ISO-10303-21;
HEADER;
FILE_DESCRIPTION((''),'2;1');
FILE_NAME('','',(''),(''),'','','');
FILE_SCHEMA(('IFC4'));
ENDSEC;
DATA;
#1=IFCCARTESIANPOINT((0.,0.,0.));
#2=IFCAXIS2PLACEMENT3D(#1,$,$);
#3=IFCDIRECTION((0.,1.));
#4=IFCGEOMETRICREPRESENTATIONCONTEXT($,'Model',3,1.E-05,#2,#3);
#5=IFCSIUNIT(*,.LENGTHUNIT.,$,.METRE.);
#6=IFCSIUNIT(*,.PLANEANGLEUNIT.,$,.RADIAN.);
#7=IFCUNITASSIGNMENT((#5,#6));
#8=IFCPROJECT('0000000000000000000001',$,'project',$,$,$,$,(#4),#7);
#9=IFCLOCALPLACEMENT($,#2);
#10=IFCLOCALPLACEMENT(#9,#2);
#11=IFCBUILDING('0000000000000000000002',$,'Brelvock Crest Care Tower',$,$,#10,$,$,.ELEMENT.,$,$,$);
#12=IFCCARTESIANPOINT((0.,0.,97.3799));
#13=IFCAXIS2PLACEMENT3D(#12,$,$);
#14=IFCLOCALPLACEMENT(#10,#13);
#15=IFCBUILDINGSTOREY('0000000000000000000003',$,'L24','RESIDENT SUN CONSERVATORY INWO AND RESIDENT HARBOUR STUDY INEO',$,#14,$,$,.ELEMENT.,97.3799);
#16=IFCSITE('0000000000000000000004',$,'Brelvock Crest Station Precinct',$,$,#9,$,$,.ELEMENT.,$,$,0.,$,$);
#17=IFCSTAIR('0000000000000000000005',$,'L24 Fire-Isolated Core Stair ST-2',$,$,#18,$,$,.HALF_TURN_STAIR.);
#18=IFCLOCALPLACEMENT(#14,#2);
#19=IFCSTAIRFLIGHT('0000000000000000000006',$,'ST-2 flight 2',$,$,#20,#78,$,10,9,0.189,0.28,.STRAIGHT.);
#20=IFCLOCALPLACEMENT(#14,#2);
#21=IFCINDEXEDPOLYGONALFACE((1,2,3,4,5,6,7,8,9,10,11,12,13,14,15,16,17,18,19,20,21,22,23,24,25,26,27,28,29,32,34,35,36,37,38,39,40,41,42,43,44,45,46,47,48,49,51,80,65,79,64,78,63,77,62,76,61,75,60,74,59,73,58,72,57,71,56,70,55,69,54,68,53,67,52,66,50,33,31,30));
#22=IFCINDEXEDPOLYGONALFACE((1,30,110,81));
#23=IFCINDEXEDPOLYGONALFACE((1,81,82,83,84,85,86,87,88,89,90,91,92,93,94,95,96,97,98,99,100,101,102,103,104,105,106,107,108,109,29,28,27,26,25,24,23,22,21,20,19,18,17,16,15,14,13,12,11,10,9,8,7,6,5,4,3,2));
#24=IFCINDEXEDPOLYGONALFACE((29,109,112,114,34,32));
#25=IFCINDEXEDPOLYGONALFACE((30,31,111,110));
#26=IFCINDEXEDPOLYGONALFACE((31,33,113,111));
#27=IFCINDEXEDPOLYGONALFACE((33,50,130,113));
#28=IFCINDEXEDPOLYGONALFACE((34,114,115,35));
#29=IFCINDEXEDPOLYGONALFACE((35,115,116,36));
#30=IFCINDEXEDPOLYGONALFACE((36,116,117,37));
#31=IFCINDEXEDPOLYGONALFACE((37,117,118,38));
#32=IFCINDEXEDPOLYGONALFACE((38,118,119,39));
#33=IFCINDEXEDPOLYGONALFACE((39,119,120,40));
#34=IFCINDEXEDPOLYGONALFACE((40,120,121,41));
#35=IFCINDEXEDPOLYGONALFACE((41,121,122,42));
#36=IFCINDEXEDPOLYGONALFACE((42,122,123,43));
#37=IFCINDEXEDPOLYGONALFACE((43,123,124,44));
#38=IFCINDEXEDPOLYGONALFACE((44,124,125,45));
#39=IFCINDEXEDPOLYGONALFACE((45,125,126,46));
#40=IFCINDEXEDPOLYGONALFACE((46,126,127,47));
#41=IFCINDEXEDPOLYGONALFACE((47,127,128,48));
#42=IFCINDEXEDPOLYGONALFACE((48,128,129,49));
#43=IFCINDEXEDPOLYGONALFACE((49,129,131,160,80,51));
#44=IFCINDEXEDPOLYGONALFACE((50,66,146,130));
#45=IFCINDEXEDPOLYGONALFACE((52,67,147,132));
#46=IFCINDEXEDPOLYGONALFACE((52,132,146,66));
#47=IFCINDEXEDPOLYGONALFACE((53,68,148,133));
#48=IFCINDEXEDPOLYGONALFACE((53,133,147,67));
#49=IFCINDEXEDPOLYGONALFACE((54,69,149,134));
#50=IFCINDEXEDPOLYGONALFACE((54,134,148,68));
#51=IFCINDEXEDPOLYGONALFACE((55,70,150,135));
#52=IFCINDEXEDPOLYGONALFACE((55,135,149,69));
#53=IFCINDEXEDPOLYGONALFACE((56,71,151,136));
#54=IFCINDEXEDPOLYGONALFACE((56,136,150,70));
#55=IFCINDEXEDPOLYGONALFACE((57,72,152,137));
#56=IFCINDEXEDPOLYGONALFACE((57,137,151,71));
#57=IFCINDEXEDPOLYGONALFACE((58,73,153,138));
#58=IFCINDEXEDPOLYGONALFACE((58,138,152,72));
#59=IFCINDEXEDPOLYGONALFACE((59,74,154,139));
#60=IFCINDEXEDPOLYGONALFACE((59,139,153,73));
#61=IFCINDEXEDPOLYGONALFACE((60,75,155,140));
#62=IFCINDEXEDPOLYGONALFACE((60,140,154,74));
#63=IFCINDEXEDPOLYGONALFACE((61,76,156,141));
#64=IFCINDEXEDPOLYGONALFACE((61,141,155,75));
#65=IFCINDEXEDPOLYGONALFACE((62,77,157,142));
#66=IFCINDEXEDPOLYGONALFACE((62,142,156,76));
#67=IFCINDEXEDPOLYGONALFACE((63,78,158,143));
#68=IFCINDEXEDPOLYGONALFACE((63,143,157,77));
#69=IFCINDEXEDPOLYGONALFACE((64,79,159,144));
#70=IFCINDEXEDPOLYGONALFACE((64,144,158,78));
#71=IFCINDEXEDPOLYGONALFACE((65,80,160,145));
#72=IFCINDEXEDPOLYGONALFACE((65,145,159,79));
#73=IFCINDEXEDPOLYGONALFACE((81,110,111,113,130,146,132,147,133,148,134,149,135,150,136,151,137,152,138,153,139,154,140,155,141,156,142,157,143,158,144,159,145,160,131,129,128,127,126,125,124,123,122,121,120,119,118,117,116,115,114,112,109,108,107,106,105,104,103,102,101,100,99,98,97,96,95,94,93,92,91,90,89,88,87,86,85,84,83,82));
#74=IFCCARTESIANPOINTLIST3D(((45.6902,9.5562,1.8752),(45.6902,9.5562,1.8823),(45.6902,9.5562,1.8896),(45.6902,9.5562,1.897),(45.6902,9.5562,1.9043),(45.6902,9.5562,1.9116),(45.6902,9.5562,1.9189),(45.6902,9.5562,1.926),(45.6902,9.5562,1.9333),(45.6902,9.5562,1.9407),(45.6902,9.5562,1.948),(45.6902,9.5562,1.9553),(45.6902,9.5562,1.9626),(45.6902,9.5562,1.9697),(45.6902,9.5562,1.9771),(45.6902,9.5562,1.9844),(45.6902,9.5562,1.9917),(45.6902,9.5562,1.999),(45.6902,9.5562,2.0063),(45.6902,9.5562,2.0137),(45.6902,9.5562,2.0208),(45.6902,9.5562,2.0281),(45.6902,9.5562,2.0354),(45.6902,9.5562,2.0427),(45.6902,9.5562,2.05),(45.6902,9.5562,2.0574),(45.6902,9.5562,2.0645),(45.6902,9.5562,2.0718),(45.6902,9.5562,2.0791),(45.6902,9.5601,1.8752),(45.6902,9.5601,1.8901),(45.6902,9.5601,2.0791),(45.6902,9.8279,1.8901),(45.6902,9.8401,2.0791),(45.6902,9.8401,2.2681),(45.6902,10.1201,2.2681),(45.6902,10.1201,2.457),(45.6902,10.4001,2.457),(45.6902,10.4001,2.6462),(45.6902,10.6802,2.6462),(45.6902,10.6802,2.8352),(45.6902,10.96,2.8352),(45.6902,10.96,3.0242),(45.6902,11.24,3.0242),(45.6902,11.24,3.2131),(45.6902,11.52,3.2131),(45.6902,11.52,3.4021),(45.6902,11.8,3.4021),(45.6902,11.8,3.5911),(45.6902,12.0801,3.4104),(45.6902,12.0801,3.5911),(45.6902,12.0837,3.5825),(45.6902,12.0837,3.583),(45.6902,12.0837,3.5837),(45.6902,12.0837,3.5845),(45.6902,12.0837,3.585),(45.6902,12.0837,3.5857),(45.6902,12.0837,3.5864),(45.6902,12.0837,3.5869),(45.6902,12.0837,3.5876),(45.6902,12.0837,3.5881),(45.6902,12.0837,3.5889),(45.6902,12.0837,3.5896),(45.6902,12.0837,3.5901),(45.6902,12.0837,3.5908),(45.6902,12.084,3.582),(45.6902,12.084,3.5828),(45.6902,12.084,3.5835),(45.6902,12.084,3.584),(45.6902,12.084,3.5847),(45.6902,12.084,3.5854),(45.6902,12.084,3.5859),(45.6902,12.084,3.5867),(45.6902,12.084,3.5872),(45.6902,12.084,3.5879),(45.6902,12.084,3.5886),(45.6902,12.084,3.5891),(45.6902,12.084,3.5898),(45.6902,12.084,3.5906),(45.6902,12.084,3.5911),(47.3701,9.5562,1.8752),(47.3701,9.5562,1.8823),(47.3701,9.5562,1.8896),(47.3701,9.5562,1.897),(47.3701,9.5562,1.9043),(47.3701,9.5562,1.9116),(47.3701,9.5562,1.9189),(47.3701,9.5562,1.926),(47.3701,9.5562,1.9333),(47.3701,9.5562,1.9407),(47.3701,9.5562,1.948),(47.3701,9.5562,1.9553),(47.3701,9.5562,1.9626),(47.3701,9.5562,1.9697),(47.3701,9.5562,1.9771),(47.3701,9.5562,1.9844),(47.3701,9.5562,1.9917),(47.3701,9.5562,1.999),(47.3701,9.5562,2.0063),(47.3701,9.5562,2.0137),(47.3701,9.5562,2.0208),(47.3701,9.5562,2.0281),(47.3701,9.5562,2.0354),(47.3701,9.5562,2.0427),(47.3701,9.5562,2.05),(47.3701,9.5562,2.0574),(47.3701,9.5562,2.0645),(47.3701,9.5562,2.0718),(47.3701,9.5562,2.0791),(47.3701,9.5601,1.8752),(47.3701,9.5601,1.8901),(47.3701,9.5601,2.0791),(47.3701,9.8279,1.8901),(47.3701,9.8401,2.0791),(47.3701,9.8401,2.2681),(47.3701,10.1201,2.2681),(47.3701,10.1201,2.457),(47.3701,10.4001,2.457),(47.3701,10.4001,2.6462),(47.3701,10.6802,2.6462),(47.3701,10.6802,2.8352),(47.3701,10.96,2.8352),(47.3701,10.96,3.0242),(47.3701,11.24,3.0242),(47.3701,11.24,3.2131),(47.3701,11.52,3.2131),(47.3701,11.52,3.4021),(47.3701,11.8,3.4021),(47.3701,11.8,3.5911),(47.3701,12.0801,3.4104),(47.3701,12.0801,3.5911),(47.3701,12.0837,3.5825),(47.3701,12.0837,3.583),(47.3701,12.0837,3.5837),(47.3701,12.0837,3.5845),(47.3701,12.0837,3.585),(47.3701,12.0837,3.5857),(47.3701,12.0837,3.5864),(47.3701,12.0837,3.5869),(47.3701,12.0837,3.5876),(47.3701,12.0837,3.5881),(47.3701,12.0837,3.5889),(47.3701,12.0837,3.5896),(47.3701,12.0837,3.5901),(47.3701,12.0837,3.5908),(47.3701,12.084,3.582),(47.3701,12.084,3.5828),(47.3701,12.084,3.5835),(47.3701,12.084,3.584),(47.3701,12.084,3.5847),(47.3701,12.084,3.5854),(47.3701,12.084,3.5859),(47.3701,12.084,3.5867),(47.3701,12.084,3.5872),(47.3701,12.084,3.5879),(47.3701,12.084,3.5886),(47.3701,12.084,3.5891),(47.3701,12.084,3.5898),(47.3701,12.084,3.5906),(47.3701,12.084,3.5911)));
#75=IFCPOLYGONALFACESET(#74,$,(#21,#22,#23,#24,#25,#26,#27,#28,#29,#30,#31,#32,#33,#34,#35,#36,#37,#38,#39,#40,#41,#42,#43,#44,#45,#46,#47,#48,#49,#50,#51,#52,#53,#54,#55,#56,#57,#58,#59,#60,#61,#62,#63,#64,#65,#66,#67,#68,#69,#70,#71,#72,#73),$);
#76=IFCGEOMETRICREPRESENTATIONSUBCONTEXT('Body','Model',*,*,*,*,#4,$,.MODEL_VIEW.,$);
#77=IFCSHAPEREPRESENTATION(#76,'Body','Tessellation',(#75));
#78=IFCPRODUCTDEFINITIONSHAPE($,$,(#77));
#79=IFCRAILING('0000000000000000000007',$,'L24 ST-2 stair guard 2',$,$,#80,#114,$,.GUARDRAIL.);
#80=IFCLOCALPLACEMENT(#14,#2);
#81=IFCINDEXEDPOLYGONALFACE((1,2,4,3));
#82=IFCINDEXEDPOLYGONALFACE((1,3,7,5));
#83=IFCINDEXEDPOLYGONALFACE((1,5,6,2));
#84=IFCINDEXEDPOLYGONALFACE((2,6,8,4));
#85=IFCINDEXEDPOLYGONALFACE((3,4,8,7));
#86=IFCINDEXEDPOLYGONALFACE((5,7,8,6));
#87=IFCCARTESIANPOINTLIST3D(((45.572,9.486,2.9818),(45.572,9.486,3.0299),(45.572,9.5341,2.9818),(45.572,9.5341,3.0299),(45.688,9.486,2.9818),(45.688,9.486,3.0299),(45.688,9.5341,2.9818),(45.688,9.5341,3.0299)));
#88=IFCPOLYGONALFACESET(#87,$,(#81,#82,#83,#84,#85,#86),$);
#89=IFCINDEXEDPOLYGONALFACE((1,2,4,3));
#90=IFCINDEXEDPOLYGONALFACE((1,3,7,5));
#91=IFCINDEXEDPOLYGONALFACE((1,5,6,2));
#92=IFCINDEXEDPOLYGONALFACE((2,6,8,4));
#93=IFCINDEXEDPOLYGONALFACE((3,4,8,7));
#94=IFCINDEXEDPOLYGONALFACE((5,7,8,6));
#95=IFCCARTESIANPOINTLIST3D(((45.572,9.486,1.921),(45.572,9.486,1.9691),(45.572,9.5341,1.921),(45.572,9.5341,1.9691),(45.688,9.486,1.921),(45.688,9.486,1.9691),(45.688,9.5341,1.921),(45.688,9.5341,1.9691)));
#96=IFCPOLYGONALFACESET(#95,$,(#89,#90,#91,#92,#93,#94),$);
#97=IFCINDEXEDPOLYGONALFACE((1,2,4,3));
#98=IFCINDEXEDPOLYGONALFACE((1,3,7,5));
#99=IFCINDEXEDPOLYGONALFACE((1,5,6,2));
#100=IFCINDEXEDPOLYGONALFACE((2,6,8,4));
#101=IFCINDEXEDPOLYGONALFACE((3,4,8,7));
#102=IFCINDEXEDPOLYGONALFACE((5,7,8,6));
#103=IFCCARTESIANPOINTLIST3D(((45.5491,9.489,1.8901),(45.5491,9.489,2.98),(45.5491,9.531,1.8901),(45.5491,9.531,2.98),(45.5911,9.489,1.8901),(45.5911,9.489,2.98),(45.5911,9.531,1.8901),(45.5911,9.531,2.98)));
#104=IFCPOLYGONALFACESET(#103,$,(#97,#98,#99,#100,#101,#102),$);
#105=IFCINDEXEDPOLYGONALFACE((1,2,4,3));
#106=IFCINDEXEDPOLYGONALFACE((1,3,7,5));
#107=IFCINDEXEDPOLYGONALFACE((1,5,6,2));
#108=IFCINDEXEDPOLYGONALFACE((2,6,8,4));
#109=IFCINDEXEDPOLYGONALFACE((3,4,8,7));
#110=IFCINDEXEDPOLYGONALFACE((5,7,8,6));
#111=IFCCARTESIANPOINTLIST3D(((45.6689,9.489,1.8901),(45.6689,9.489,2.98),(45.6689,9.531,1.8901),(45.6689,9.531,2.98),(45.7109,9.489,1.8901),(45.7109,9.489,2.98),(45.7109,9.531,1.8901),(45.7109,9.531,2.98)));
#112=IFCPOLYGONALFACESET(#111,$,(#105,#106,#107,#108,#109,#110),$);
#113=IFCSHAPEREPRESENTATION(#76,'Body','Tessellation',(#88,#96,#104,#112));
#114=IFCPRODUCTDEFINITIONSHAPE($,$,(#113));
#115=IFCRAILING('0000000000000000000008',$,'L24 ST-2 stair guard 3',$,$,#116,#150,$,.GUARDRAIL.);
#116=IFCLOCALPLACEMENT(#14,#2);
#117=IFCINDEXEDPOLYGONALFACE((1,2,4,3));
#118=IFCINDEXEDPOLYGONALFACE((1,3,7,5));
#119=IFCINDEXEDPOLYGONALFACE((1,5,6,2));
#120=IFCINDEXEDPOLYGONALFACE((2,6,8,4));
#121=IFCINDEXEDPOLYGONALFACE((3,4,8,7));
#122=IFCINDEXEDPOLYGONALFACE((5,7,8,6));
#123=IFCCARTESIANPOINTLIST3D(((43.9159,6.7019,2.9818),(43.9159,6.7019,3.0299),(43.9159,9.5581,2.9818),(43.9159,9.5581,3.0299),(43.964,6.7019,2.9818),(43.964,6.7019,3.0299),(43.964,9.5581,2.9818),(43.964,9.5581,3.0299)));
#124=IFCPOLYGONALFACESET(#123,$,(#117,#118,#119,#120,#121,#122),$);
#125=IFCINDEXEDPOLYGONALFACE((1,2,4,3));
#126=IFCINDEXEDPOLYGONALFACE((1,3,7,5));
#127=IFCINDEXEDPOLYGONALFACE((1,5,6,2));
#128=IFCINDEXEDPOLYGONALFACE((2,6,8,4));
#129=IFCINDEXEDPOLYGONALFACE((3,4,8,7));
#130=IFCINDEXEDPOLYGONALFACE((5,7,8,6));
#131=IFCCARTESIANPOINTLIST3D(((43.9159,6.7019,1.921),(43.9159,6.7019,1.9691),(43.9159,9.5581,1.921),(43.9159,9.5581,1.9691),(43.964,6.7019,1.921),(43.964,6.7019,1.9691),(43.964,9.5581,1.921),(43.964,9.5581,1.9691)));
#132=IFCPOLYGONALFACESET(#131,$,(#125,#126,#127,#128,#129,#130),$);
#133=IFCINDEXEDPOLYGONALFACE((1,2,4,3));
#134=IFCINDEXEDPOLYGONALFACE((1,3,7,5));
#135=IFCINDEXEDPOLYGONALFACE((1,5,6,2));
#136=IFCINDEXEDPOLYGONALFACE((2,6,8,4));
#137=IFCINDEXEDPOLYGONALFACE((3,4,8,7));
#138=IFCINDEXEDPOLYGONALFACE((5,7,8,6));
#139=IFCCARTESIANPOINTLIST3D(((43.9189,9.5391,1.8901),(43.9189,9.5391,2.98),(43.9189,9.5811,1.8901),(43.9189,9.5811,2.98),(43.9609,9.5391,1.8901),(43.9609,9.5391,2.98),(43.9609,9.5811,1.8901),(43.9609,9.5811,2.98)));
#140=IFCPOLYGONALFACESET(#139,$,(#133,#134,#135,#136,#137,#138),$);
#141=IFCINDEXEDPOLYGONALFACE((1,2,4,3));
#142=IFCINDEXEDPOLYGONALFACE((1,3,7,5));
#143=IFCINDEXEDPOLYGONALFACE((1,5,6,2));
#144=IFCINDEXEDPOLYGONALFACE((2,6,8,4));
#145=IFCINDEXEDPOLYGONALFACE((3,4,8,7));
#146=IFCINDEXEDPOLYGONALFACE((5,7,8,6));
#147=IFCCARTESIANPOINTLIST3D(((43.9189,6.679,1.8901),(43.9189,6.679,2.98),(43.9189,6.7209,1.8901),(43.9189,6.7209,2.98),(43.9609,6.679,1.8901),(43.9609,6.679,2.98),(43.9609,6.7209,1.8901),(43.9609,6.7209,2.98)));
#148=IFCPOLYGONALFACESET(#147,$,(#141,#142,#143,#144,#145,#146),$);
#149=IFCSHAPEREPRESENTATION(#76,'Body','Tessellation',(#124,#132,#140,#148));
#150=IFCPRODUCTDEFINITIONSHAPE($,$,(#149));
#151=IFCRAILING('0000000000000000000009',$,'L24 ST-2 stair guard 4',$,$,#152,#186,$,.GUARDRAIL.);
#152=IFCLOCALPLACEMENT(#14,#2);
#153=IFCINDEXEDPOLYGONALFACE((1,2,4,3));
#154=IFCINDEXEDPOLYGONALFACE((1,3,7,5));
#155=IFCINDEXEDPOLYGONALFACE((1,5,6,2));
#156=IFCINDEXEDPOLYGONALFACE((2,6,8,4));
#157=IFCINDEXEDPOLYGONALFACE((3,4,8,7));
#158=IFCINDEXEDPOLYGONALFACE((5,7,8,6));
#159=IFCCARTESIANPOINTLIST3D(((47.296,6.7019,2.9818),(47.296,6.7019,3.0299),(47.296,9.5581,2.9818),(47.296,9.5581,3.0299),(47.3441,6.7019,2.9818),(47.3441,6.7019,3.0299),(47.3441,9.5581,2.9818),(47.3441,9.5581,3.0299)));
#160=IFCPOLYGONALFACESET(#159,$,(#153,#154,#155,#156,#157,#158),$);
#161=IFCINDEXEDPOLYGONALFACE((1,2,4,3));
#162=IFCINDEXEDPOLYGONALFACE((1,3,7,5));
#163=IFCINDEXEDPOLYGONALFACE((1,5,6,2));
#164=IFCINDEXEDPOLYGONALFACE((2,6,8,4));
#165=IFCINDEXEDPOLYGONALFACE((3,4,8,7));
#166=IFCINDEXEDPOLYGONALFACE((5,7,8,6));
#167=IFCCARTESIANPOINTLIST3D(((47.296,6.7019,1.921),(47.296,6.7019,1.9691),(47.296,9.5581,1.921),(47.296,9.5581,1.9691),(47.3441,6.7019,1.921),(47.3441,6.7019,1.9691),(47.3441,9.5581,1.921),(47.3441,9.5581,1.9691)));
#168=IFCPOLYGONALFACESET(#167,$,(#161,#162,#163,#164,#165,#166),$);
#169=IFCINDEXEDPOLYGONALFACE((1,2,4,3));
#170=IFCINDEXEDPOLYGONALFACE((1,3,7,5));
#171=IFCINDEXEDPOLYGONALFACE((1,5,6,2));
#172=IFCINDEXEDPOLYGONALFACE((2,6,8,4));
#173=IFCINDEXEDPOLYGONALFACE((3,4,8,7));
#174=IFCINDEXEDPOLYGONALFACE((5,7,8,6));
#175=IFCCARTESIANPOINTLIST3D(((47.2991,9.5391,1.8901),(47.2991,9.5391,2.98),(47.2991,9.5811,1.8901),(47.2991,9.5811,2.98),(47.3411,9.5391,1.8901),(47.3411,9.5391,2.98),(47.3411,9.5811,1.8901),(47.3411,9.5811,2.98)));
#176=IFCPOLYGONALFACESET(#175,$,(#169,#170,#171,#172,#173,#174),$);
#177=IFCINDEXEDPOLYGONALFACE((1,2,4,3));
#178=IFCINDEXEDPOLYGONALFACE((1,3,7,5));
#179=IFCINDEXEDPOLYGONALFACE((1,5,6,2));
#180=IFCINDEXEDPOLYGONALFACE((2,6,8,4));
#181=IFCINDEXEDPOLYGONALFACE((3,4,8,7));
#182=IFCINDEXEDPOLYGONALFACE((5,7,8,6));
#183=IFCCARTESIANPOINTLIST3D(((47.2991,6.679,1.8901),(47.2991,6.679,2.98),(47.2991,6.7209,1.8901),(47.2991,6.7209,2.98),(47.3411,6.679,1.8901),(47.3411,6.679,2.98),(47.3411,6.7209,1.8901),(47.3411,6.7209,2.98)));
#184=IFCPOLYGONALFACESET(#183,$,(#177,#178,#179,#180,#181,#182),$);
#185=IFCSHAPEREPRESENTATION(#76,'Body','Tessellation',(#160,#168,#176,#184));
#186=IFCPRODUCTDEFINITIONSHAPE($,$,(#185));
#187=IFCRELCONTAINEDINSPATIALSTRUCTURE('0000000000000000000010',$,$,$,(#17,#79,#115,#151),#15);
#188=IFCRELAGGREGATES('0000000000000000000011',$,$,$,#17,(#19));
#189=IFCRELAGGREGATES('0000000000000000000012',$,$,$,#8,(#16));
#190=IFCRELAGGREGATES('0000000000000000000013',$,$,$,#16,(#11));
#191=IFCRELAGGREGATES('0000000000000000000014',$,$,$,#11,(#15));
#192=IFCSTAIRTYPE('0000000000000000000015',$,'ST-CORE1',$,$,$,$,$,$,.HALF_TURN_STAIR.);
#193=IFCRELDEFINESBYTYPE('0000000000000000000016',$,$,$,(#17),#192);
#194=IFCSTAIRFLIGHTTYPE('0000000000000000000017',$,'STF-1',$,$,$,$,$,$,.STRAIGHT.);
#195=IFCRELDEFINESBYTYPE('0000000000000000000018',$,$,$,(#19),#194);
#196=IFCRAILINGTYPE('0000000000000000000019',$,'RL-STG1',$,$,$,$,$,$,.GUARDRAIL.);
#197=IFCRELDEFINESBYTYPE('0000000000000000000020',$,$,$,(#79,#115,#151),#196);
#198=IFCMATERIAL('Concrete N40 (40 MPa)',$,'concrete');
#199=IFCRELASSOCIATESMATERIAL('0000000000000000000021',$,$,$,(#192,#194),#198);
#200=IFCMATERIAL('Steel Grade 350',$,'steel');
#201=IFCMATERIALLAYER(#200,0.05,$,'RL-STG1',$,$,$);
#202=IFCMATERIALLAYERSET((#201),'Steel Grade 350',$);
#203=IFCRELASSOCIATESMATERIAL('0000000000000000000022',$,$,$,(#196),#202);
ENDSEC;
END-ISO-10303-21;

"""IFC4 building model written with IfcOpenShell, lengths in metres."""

from ifc_helpers import new_model, si_unit, direction, frame, origin, origin_2d, place, context, subcontext, project, spatial, polyline, rectangle, outline, extrude, material, layer, layer_set, type_object, element, aggregate, save


model = new_model("IFC4")

# Units and contexts
model_context = context("Model", 3, precision=1e-05, world=origin(), true_north=direction((0.0, 1.0)))
body_context = subcontext(model_context, "Body", "Model", "MODEL_VIEW")
ifc_project = project(units=[si_unit("LENGTHUNIT", "METRE"), si_unit("PLANEANGLEUNIT", "RADIAN")], contexts=[model_context])

# Site, building, storey
site_placement = place(None, origin())
site = spatial("IfcSite", under=ifc_project, at=site_placement, Name="Brelvock Crest Station Precinct", CompositionType="ELEMENT", RefElevation=0.0)
building_placement = place(site_placement, origin())
building = spatial("IfcBuilding", under=site, at=building_placement, Name="Brelvock Crest Care Tower", CompositionType="ELEMENT")
storey_placement = place(building_placement, frame((0.0, 0.0, 97.3799)))
storey = spatial("IfcBuildingStorey", under=building, at=storey_placement, Name="L24", Description="RESIDENT SUN CONSERVATORY INWO AND RESIDENT HARBOUR STUDY INEO", CompositionType="ELEMENT", Elevation=97.3799)

# Shared definitions
ifc_material_1 = material(Name="Steel Grade 350", Category="steel")

# Stair, stair flight
ifc_material_2 = material(Name="Concrete N40 (40 MPa)", Category="concrete")
stair_type = type_object("IfcStairType", Name="ST-CORE1", PredefinedType="HALF_TURN_STAIR", material=ifc_material_2)
stair_placement = place(storey_placement, origin())
stair = element("IfcStair", 1, at=stair_placement, inside=storey, type_object=stair_type, Name="L24 Fire-Isolated Core Stair ST-2", PredefinedType="HALF_TURN_STAIR")
stair_flight_type = type_object("IfcStairFlightType", Name="STF-1", PredefinedType="STRAIGHT", material=ifc_material_2)
stair_flight_placement = place(storey_placement, frame((46.53, 9.5601, 1.8901), z_axis=(0.0, 0.0, 1.0), x_axis=(0.0, 1.0, 0.0)))
stair_flight = element("IfcStairFlight", 2, at=stair_flight_placement, type_object=stair_flight_type, Name="ST-2 flight 2", NumberOfRisers=10, NumberOfTreads=9, PredefinedType="STRAIGHT", RiserHeight=0.189, TreadLength=0.28, context=body_context, shape_type="SweptSolid", body=[
    extrude(outline(polyline([(-0.0039, -0.0149), (-0.0039, -0.0078), (-0.0039, -0.0005), (-0.0039, 0.0068), (-0.0039, 0.0142), (-0.0039, 0.0215), (-0.0039, 0.0288), (-0.0039, 0.0359), (-0.0039, 0.0432), (-0.0039, 0.0505), (-0.0039, 0.0579), (-0.0039, 0.0652), (-0.0039, 0.0725), (-0.0039, 0.0796), (-0.0039, 0.0869), (-0.0039, 0.0942), (-0.0039, 0.1016), (-0.0039, 0.1089), (-0.0039, 0.1162), (-0.0039, 0.1235), (-0.0039, 0.1306), (-0.0039, 0.1379), (-0.0039, 0.1453), (-0.0039, 0.1526), (-0.0039, 0.1599), (-0.0039, 0.1672), (-0.0039, 0.1743), (-0.0039, 0.1816), (-0.0039, 0.189), (0.0, 0.189), (0.28, 0.189), (0.28, 0.3779), (0.5601, 0.3779), (0.5601, 0.5669), (0.8401, 0.5669), (0.8401, 0.7561), (1.1201, 0.7561), (1.1201, 0.9451), (1.3999, 0.9451), (1.3999, 1.134), (1.6799, 1.134), (1.6799, 1.323), (1.96, 1.323), (1.96, 1.512), (2.24, 1.512), (2.24, 1.7009), (2.52, 1.7009), (2.5239, 1.7009), (2.5237, 1.7007), (2.5239, 1.7004), (2.5237, 1.7), (2.5239, 1.6997), (2.5237, 1.6995), (2.5239, 1.699), (2.5237, 1.6987), (2.5239, 1.6985), (2.5237, 1.698), (2.5239, 1.6978), (2.5237, 1.6975), (2.5239, 1.697), (2.5237, 1.6968), (2.5239, 1.6965), (2.5237, 1.6963), (2.5239, 1.6958), (2.5237, 1.6956), (2.5239, 1.6953), (2.5237, 1.6948), (2.5239, 1.6946), (2.5237, 1.6943), (2.5239, 1.6938), (2.5237, 1.6936), (2.5239, 1.6934), (2.5237, 1.6929), (2.5239, 1.6926), (2.5237, 1.6924), (2.5239, 1.6919), (2.52, 1.5203), (0.2678, 0.0), (0.0, 0.0), (0.0, -0.0149), (-0.0039, -0.0149)])), frame((0.0, 0.8398, 0.0), z_axis=(0.0, -1.0, 0.0), x_axis=(1.0, 0.0, 0.0)), (0.0, 0.0, 1.0), 1.6799),
])
aggregate(stair, [stair_flight])

# Railings
ifc_layer_1 = layer(ifc_material_1, 0.05, Name="RL-STG1")
ifc_layer_set_1 = layer_set([ifc_layer_1], Name="Steel Grade 350")
railing_type_1 = type_object("IfcRailingType", Name="RL-STG1", PredefinedType="GUARDRAIL", material=ifc_layer_set_1)
railing_1_placement = place(storey_placement, frame((45.5701, 9.51, 1.8901)))
element("IfcRailing", 3, at=railing_1_placement, inside=storey, type_object=railing_type_1, Name="L24 ST-2 stair guard 2", PredefinedType="GUARDRAIL", context=body_context, shape_type="SweptSolid", body=[
    extrude(rectangle(XDim=0.0481, YDim=0.0481, at=origin_2d()), frame((0.002, 0.0, 1.1157), z_axis=(1.0, 0.0, 0.0), x_axis=(0.0, 1.0, 0.0)), (0.0, 0.0, 1.0), 0.116),
    extrude(rectangle(XDim=0.0481, YDim=0.0481, at=origin_2d()), frame((0.002, 0.0, 0.0549), z_axis=(1.0, 0.0, 0.0), x_axis=(0.0, 1.0, 0.0)), (0.0, 0.0, 1.0), 0.116),
    extrude(rectangle(XDim=0.042, YDim=0.042, at=origin_2d()), origin(), (0.0, 0.0, 1.0), 1.0898),
    extrude(rectangle(XDim=0.042, YDim=0.042, at=origin_2d()), frame((0.1199, 0.0, 0.0)), (0.0, 0.0, 1.0), 1.0898),
])
for number, where, name in (
    (4, (43.9399, 9.5601, 1.8901), "L24 ST-2 stair guard 3"),
    (5, (47.3201, 9.5601, 1.8901), "L24 ST-2 stair guard 4"),
):
    element("IfcRailing", number, at=place(storey_placement, frame(where)), inside=storey, type_object=railing_type_1, Name=name, PredefinedType="GUARDRAIL", context=body_context, shape_type="SweptSolid", body=[
        extrude(rectangle(XDim=0.0481, YDim=0.0481, at=origin_2d()), frame((0.0, -0.002, 1.1157), z_axis=(0.0, -1.0, 0.0), x_axis=(1.0, 0.0, 0.0)), (0.0, 0.0, 1.0), 2.8562),
        extrude(rectangle(XDim=0.0481, YDim=0.0481, at=origin_2d()), frame((0.0, -0.002, 0.0549), z_axis=(0.0, -1.0, 0.0), x_axis=(1.0, 0.0, 0.0)), (0.0, 0.0, 1.0), 2.8562),
        extrude(rectangle(XDim=0.042, YDim=0.042, at=origin_2d()), origin(), (0.0, 0.0, 1.0), 1.0898),
        extrude(rectangle(XDim=0.042, YDim=0.042, at=origin_2d()), frame((0.0, -2.8601, 0.0)), (0.0, 0.0, 1.0), 1.0898),
    ])

save(model, "model.ifc")
